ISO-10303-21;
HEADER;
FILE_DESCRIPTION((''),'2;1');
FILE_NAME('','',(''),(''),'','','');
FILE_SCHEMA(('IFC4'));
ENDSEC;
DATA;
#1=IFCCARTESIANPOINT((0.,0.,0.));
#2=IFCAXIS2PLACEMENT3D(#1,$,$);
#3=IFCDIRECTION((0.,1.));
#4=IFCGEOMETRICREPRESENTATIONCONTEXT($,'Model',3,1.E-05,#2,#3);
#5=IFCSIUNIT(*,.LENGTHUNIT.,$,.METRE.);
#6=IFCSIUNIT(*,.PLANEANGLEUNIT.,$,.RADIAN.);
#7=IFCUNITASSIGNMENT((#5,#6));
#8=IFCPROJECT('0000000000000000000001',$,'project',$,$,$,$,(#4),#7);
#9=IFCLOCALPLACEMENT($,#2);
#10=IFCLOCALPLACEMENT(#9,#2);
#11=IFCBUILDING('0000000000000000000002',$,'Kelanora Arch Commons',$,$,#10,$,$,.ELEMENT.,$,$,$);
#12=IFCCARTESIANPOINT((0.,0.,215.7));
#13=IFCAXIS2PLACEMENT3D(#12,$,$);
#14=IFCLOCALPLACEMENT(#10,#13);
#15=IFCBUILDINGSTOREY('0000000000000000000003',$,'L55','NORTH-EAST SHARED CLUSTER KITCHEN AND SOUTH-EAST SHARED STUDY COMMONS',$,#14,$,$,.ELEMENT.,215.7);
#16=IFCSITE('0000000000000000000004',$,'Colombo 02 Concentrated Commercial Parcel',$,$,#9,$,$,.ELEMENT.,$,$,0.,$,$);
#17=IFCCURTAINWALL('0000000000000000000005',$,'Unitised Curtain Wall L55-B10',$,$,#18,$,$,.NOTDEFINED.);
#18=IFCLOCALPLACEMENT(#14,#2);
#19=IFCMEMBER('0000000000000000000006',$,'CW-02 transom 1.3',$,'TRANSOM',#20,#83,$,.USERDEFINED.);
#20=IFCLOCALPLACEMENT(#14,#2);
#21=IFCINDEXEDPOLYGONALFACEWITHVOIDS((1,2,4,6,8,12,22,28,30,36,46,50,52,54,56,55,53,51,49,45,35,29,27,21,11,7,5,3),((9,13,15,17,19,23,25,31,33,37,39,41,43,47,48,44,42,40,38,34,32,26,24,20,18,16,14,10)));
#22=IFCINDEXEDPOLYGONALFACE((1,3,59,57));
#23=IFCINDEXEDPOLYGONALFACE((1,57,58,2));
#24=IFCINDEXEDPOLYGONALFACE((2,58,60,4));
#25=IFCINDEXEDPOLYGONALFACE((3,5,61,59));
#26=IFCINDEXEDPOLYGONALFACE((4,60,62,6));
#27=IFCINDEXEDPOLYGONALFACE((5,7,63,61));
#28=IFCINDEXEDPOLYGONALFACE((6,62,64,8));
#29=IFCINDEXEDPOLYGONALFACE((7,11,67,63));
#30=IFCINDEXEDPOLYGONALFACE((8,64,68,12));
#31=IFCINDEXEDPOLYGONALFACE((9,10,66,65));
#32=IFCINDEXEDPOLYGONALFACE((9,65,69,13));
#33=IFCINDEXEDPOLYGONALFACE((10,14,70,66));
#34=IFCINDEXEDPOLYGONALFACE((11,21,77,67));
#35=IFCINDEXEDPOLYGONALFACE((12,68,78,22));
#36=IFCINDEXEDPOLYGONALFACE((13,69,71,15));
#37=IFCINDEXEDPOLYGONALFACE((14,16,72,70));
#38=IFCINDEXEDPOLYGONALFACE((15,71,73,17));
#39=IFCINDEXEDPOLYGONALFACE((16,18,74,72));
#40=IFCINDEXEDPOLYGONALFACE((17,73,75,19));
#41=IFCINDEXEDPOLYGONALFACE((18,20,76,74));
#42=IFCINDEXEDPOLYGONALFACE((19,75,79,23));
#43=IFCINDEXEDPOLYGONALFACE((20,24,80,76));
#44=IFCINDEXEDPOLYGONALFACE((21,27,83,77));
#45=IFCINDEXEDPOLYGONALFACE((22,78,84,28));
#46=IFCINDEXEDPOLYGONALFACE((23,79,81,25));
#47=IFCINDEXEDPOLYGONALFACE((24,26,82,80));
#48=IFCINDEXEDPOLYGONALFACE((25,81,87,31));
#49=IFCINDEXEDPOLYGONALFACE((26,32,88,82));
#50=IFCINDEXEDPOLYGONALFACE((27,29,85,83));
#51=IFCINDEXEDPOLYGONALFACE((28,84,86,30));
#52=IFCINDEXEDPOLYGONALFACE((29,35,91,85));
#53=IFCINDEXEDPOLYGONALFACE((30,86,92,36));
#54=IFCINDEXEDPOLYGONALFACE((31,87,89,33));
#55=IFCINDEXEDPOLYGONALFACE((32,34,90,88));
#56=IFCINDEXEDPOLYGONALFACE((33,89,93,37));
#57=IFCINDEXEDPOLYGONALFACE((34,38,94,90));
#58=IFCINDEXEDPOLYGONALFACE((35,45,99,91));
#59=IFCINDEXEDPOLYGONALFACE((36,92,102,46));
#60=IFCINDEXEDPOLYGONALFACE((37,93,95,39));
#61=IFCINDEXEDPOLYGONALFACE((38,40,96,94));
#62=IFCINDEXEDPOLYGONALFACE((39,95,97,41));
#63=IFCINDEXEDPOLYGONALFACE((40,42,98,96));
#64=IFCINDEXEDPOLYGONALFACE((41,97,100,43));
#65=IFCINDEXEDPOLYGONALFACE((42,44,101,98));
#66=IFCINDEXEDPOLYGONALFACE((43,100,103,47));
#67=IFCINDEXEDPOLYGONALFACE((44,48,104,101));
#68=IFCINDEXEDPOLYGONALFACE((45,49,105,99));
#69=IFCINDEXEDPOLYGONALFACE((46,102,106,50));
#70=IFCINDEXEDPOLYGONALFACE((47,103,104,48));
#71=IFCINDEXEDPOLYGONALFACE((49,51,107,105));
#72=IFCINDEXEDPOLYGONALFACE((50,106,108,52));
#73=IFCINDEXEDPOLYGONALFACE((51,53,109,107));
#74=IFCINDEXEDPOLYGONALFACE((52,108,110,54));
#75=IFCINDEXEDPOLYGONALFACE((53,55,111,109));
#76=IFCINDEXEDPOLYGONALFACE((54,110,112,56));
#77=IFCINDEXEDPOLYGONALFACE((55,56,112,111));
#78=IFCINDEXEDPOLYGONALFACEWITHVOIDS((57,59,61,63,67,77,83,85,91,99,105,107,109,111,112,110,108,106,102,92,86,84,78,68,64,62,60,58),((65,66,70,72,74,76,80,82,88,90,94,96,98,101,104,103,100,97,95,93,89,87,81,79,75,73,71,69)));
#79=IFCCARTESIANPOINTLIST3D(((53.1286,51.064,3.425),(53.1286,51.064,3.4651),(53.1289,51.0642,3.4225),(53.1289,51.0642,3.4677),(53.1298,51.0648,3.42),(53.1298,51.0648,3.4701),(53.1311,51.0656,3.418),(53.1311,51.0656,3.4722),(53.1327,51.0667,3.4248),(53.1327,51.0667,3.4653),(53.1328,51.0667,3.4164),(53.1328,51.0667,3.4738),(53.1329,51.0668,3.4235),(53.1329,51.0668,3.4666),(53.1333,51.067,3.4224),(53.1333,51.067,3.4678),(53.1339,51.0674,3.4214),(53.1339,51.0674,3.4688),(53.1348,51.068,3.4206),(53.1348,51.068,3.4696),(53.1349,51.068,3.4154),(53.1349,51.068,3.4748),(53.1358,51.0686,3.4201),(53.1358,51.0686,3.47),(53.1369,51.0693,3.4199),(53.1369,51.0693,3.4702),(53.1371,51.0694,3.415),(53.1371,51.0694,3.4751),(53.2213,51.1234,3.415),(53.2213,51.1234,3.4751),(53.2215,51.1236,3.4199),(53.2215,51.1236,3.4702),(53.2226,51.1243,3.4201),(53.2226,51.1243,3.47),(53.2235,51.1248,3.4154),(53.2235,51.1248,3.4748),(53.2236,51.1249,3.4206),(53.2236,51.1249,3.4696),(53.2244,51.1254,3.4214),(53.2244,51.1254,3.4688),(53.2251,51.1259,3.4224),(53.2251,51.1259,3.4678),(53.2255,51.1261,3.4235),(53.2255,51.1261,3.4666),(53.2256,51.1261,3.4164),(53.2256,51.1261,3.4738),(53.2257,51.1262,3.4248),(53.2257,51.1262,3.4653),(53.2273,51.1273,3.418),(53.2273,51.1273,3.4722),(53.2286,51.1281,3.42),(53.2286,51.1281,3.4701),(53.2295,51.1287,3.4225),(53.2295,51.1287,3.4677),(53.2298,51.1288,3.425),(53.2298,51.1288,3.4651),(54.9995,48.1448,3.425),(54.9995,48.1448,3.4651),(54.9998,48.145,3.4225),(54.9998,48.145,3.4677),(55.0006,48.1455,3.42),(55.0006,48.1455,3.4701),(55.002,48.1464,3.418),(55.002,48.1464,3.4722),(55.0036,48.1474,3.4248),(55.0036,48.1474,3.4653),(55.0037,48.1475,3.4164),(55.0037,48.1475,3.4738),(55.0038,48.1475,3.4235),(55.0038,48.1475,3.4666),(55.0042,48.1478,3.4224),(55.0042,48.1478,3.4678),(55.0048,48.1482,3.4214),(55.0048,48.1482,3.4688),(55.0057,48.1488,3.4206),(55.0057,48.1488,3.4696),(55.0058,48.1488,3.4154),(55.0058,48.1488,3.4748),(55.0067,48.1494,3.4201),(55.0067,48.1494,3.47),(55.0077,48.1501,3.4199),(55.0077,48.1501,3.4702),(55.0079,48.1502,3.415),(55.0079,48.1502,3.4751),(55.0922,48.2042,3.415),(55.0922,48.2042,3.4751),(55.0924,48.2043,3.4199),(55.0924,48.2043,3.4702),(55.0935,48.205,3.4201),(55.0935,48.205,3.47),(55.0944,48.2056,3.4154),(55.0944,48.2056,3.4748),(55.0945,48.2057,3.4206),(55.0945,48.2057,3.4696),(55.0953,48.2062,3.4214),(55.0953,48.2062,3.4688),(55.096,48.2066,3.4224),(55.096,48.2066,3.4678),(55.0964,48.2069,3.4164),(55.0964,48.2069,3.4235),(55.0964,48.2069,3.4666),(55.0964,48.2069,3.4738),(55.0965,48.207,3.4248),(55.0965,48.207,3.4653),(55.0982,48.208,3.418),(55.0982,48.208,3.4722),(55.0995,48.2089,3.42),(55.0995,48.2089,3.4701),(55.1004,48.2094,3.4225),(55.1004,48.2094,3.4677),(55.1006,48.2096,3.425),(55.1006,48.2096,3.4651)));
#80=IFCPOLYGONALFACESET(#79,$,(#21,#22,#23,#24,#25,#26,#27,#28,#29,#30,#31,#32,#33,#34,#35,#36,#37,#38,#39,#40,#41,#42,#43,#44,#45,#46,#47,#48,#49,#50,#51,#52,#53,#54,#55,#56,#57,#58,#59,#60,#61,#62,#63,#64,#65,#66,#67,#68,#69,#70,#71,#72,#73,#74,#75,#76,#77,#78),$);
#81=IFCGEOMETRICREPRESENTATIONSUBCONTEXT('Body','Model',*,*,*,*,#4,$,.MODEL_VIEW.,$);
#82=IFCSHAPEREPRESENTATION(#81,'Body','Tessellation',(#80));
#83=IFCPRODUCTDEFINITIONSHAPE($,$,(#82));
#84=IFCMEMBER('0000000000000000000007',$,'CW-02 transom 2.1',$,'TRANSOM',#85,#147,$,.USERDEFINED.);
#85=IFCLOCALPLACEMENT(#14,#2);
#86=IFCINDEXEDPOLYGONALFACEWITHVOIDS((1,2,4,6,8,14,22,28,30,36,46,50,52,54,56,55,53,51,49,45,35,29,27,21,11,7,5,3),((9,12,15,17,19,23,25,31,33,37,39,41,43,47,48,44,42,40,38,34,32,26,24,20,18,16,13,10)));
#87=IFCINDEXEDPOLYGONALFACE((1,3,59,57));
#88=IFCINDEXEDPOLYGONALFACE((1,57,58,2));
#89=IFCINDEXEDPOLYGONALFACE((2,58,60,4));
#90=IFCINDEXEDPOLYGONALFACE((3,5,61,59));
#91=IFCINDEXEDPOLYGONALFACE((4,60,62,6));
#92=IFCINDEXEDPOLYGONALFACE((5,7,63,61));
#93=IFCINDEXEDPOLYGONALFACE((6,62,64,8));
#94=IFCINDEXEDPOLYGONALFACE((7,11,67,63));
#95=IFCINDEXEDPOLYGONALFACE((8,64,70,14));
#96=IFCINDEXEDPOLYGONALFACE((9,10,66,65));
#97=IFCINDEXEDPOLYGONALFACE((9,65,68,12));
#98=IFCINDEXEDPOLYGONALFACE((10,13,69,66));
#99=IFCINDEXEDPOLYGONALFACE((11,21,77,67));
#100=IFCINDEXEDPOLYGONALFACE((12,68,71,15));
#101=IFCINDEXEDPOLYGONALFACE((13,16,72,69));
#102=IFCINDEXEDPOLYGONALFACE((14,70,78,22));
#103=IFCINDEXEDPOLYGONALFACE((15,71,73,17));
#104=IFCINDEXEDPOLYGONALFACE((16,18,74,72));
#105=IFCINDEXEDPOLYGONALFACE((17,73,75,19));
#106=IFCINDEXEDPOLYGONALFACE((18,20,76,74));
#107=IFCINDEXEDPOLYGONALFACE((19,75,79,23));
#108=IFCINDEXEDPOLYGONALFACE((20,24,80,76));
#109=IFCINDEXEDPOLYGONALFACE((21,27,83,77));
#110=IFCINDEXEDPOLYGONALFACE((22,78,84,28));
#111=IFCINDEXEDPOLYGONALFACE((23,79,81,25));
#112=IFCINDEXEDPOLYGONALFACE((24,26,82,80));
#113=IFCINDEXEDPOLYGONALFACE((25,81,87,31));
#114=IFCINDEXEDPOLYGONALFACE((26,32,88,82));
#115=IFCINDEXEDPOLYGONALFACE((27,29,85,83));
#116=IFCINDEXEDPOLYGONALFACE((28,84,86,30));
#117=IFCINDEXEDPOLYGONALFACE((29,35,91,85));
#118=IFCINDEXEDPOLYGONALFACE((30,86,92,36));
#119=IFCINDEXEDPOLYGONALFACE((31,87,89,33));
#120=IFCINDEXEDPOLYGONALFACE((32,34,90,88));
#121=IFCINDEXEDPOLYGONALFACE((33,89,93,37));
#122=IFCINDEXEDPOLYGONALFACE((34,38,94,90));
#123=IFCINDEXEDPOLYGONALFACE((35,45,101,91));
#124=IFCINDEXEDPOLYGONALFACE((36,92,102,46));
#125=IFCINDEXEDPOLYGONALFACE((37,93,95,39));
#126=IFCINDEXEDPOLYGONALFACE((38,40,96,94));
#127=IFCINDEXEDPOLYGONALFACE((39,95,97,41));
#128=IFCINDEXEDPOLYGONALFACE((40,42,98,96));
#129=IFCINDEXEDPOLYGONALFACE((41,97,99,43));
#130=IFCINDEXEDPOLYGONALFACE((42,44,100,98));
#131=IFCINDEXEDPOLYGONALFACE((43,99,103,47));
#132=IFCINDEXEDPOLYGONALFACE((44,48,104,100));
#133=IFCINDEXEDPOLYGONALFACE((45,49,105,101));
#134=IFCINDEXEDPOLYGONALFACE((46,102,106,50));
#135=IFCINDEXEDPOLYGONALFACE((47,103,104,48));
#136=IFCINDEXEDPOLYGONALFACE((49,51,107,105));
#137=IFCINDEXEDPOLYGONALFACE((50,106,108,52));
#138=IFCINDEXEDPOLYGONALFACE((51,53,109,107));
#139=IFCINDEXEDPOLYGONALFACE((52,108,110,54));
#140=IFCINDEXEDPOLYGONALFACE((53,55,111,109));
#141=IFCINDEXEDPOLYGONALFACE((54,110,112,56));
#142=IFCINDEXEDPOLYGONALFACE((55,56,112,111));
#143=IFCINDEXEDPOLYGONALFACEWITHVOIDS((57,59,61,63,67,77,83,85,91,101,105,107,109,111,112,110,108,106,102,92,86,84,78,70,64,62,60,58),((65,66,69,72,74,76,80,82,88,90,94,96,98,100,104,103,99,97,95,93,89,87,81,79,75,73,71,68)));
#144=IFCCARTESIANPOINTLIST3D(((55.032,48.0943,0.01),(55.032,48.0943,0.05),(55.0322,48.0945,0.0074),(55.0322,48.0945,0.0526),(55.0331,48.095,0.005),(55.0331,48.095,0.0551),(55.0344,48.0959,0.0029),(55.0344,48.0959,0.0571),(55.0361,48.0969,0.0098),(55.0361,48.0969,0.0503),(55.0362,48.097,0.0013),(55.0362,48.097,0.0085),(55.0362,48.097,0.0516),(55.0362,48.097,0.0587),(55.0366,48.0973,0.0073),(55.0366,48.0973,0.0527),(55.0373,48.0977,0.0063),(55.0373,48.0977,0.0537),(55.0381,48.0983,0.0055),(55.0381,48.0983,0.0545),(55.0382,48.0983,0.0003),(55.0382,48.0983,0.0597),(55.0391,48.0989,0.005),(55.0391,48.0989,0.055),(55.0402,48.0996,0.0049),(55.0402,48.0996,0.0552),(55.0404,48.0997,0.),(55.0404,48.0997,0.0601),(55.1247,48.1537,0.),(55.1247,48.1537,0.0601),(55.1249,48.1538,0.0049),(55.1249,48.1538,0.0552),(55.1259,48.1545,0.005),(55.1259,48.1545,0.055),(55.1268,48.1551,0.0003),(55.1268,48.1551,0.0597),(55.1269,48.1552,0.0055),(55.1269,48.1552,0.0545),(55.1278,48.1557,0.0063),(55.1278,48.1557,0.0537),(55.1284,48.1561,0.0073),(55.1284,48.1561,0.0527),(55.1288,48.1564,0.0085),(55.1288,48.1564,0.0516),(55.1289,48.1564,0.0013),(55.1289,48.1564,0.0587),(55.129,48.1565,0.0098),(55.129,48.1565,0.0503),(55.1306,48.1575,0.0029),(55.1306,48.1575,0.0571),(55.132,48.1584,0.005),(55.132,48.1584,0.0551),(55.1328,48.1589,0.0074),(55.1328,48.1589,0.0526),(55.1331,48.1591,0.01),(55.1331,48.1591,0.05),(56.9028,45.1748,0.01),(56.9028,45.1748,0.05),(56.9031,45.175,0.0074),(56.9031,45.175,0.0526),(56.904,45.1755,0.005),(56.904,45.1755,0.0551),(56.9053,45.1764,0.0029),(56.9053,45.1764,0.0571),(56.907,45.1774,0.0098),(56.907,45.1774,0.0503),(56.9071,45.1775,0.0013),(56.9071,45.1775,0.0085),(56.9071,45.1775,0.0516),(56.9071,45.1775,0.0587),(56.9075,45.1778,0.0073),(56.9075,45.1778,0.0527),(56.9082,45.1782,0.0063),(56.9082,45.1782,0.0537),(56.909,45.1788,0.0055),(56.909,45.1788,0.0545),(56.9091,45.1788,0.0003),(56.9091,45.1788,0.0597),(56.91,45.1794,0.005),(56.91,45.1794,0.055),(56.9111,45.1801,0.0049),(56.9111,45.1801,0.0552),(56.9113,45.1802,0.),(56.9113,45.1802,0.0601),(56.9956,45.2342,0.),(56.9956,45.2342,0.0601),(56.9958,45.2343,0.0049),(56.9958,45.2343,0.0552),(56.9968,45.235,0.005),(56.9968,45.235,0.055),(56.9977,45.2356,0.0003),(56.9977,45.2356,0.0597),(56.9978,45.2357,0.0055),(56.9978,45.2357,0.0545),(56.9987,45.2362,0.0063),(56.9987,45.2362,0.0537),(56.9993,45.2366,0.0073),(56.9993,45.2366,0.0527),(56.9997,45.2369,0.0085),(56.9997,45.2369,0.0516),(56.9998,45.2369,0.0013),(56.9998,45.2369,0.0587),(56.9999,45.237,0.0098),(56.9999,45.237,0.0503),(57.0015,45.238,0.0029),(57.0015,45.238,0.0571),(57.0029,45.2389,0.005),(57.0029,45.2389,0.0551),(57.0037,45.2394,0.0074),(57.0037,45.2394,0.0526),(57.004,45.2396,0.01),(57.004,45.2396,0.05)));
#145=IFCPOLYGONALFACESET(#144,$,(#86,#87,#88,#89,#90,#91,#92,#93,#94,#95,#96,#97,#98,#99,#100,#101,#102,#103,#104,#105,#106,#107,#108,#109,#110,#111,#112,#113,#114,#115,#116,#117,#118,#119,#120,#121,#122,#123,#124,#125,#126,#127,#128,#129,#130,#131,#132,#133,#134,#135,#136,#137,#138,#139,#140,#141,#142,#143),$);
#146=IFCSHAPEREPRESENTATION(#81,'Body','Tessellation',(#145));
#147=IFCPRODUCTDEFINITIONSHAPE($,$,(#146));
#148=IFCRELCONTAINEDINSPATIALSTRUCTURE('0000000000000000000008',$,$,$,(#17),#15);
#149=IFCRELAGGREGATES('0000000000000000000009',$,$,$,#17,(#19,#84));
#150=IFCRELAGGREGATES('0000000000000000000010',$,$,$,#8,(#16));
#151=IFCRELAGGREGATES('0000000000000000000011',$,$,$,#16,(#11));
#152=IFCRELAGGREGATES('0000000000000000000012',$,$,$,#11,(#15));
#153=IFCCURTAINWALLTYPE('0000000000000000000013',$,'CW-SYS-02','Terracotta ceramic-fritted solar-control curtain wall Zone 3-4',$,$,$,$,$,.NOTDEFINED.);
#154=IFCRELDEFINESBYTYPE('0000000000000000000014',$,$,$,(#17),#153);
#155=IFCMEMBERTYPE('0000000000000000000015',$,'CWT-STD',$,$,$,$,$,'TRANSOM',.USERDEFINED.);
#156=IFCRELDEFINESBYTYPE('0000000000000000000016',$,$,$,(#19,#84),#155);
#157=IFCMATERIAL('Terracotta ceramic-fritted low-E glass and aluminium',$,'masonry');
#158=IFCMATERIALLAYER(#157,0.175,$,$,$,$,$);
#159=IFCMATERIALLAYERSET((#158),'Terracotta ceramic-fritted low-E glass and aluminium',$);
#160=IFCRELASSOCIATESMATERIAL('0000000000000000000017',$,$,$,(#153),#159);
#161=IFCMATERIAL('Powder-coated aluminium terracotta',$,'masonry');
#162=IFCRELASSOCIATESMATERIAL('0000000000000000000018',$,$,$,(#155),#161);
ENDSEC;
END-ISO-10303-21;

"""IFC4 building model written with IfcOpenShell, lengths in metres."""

from ifc_helpers import new_model, si_unit, direction, frame, origin, origin_2d, place, context, subcontext, project, spatial, hollow_rectangle, extrude, material, layer, layer_set, material_profile, profile_set, type_object, element, aggregate, save


model = new_model("IFC4")

# Units and contexts
model_context = context("Model", 3, precision=1e-05, world=origin(), true_north=direction((0.0, 1.0)))
body_context = subcontext(model_context, "Body", "Model", "MODEL_VIEW")
ifc_project = project(units=[si_unit("LENGTHUNIT", "METRE"), si_unit("PLANEANGLEUNIT", "RADIAN")], contexts=[model_context])

# Site, building, storey
site_placement = place(None, origin())
site = spatial("IfcSite", under=ifc_project, at=site_placement, Name="Colombo 02 Concentrated Commercial Parcel", CompositionType="ELEMENT", RefElevation=0.0)
building_placement = place(site_placement, origin())
building = spatial("IfcBuilding", under=site, at=building_placement, Name="Kelanora Arch Commons", CompositionType="ELEMENT")
storey_placement = place(building_placement, frame((0.0, 0.0, 215.7)))
storey = spatial("IfcBuildingStorey", under=building, at=storey_placement, Name="L55", Description="NORTH-EAST SHARED CLUSTER KITCHEN AND SOUTH-EAST SHARED STUDY COMMONS", CompositionType="ELEMENT", Elevation=215.7)

# Curtain wall, members
ifc_material_1 = material(Name="Terracotta ceramic-fritted low-E glass and aluminium", Category="masonry")
ifc_layer_1 = layer(ifc_material_1, 0.175)
ifc_layer_set_1 = layer_set([ifc_layer_1], Name="Terracotta ceramic-fritted low-E glass and aluminium")
curtain_wall_type = type_object("IfcCurtainWallType", Name="CW-SYS-02", Description="Terracotta ceramic-fritted solar-control curtain wall Zone 3-4", PredefinedType="NOTDEFINED", material=ifc_layer_set_1)
curtain_wall_placement = place(storey_placement, origin())
curtain_wall = element("IfcCurtainWall", 1, at=curtain_wall_placement, inside=storey, type_object=curtain_wall_type, Name="Unitised Curtain Wall L55-B10", PredefinedType="NOTDEFINED")
ifc_material_2 = material(Name="Powder-coated aluminium terracotta", Category="masonry")
ifc_material_profile_1 = material_profile(ifc_material_2, hollow_rectangle(XDim=0.1201, YDim=0.0601, WallThickness=0.0049, InnerFilletRadius=0.0049, OuterFilletRadius=0.01, at=origin_2d()), Name="CWT120x60")
ifc_profile_set_1 = profile_set([ifc_material_profile_1], Name="Powder-coated aluminium terracotta")
member_type_1 = type_object("IfcMemberType", Name="CWT-STD", ElementType="TRANSOM", PredefinedType="USERDEFINED", material=ifc_profile_set_1)
member_1_placement = place(storey_placement, frame((53.1792, 51.0964, 3.4451), z_axis=(0.539579, -0.841935, 0.0), x_axis=(0.841935, 0.539579, 0.0)))
member_1 = element("IfcMember", 2, at=member_1_placement, type_object=member_type_1, Name="CW-02 transom 1.3", ObjectType="TRANSOM", PredefinedType="USERDEFINED", context=body_context, shape_type="SweptSolid", body=[
    extrude(hollow_rectangle(XDim=0.1201, YDim=0.0601, WallThickness=0.0049, InnerFilletRadius=0.0049, OuterFilletRadius=0.01, at=origin_2d()), origin(), (0.0, 0.0, 1.0), 3.4673),
])
member_2_placement = place(storey_placement, frame((55.0825, 48.1267, 0.03), z_axis=(0.539547, -0.841955, 0.0), x_axis=(0.841955, 0.539547, 0.0)))
member_2 = element("IfcMember", 3, at=member_2_placement, type_object=member_type_1, Name="CW-02 transom 2.1", ObjectType="TRANSOM", PredefinedType="USERDEFINED", context=body_context, shape_type="SweptSolid", body=[
    extrude(hollow_rectangle(XDim=0.1201, YDim=0.0601, WallThickness=0.0049, InnerFilletRadius=0.0049, OuterFilletRadius=0.01, at=origin_2d()), origin(), (0.0, 0.0, 1.0), 3.4675),
])

aggregate(curtain_wall, [member_1, member_2])

save(model, "model.ifc")
